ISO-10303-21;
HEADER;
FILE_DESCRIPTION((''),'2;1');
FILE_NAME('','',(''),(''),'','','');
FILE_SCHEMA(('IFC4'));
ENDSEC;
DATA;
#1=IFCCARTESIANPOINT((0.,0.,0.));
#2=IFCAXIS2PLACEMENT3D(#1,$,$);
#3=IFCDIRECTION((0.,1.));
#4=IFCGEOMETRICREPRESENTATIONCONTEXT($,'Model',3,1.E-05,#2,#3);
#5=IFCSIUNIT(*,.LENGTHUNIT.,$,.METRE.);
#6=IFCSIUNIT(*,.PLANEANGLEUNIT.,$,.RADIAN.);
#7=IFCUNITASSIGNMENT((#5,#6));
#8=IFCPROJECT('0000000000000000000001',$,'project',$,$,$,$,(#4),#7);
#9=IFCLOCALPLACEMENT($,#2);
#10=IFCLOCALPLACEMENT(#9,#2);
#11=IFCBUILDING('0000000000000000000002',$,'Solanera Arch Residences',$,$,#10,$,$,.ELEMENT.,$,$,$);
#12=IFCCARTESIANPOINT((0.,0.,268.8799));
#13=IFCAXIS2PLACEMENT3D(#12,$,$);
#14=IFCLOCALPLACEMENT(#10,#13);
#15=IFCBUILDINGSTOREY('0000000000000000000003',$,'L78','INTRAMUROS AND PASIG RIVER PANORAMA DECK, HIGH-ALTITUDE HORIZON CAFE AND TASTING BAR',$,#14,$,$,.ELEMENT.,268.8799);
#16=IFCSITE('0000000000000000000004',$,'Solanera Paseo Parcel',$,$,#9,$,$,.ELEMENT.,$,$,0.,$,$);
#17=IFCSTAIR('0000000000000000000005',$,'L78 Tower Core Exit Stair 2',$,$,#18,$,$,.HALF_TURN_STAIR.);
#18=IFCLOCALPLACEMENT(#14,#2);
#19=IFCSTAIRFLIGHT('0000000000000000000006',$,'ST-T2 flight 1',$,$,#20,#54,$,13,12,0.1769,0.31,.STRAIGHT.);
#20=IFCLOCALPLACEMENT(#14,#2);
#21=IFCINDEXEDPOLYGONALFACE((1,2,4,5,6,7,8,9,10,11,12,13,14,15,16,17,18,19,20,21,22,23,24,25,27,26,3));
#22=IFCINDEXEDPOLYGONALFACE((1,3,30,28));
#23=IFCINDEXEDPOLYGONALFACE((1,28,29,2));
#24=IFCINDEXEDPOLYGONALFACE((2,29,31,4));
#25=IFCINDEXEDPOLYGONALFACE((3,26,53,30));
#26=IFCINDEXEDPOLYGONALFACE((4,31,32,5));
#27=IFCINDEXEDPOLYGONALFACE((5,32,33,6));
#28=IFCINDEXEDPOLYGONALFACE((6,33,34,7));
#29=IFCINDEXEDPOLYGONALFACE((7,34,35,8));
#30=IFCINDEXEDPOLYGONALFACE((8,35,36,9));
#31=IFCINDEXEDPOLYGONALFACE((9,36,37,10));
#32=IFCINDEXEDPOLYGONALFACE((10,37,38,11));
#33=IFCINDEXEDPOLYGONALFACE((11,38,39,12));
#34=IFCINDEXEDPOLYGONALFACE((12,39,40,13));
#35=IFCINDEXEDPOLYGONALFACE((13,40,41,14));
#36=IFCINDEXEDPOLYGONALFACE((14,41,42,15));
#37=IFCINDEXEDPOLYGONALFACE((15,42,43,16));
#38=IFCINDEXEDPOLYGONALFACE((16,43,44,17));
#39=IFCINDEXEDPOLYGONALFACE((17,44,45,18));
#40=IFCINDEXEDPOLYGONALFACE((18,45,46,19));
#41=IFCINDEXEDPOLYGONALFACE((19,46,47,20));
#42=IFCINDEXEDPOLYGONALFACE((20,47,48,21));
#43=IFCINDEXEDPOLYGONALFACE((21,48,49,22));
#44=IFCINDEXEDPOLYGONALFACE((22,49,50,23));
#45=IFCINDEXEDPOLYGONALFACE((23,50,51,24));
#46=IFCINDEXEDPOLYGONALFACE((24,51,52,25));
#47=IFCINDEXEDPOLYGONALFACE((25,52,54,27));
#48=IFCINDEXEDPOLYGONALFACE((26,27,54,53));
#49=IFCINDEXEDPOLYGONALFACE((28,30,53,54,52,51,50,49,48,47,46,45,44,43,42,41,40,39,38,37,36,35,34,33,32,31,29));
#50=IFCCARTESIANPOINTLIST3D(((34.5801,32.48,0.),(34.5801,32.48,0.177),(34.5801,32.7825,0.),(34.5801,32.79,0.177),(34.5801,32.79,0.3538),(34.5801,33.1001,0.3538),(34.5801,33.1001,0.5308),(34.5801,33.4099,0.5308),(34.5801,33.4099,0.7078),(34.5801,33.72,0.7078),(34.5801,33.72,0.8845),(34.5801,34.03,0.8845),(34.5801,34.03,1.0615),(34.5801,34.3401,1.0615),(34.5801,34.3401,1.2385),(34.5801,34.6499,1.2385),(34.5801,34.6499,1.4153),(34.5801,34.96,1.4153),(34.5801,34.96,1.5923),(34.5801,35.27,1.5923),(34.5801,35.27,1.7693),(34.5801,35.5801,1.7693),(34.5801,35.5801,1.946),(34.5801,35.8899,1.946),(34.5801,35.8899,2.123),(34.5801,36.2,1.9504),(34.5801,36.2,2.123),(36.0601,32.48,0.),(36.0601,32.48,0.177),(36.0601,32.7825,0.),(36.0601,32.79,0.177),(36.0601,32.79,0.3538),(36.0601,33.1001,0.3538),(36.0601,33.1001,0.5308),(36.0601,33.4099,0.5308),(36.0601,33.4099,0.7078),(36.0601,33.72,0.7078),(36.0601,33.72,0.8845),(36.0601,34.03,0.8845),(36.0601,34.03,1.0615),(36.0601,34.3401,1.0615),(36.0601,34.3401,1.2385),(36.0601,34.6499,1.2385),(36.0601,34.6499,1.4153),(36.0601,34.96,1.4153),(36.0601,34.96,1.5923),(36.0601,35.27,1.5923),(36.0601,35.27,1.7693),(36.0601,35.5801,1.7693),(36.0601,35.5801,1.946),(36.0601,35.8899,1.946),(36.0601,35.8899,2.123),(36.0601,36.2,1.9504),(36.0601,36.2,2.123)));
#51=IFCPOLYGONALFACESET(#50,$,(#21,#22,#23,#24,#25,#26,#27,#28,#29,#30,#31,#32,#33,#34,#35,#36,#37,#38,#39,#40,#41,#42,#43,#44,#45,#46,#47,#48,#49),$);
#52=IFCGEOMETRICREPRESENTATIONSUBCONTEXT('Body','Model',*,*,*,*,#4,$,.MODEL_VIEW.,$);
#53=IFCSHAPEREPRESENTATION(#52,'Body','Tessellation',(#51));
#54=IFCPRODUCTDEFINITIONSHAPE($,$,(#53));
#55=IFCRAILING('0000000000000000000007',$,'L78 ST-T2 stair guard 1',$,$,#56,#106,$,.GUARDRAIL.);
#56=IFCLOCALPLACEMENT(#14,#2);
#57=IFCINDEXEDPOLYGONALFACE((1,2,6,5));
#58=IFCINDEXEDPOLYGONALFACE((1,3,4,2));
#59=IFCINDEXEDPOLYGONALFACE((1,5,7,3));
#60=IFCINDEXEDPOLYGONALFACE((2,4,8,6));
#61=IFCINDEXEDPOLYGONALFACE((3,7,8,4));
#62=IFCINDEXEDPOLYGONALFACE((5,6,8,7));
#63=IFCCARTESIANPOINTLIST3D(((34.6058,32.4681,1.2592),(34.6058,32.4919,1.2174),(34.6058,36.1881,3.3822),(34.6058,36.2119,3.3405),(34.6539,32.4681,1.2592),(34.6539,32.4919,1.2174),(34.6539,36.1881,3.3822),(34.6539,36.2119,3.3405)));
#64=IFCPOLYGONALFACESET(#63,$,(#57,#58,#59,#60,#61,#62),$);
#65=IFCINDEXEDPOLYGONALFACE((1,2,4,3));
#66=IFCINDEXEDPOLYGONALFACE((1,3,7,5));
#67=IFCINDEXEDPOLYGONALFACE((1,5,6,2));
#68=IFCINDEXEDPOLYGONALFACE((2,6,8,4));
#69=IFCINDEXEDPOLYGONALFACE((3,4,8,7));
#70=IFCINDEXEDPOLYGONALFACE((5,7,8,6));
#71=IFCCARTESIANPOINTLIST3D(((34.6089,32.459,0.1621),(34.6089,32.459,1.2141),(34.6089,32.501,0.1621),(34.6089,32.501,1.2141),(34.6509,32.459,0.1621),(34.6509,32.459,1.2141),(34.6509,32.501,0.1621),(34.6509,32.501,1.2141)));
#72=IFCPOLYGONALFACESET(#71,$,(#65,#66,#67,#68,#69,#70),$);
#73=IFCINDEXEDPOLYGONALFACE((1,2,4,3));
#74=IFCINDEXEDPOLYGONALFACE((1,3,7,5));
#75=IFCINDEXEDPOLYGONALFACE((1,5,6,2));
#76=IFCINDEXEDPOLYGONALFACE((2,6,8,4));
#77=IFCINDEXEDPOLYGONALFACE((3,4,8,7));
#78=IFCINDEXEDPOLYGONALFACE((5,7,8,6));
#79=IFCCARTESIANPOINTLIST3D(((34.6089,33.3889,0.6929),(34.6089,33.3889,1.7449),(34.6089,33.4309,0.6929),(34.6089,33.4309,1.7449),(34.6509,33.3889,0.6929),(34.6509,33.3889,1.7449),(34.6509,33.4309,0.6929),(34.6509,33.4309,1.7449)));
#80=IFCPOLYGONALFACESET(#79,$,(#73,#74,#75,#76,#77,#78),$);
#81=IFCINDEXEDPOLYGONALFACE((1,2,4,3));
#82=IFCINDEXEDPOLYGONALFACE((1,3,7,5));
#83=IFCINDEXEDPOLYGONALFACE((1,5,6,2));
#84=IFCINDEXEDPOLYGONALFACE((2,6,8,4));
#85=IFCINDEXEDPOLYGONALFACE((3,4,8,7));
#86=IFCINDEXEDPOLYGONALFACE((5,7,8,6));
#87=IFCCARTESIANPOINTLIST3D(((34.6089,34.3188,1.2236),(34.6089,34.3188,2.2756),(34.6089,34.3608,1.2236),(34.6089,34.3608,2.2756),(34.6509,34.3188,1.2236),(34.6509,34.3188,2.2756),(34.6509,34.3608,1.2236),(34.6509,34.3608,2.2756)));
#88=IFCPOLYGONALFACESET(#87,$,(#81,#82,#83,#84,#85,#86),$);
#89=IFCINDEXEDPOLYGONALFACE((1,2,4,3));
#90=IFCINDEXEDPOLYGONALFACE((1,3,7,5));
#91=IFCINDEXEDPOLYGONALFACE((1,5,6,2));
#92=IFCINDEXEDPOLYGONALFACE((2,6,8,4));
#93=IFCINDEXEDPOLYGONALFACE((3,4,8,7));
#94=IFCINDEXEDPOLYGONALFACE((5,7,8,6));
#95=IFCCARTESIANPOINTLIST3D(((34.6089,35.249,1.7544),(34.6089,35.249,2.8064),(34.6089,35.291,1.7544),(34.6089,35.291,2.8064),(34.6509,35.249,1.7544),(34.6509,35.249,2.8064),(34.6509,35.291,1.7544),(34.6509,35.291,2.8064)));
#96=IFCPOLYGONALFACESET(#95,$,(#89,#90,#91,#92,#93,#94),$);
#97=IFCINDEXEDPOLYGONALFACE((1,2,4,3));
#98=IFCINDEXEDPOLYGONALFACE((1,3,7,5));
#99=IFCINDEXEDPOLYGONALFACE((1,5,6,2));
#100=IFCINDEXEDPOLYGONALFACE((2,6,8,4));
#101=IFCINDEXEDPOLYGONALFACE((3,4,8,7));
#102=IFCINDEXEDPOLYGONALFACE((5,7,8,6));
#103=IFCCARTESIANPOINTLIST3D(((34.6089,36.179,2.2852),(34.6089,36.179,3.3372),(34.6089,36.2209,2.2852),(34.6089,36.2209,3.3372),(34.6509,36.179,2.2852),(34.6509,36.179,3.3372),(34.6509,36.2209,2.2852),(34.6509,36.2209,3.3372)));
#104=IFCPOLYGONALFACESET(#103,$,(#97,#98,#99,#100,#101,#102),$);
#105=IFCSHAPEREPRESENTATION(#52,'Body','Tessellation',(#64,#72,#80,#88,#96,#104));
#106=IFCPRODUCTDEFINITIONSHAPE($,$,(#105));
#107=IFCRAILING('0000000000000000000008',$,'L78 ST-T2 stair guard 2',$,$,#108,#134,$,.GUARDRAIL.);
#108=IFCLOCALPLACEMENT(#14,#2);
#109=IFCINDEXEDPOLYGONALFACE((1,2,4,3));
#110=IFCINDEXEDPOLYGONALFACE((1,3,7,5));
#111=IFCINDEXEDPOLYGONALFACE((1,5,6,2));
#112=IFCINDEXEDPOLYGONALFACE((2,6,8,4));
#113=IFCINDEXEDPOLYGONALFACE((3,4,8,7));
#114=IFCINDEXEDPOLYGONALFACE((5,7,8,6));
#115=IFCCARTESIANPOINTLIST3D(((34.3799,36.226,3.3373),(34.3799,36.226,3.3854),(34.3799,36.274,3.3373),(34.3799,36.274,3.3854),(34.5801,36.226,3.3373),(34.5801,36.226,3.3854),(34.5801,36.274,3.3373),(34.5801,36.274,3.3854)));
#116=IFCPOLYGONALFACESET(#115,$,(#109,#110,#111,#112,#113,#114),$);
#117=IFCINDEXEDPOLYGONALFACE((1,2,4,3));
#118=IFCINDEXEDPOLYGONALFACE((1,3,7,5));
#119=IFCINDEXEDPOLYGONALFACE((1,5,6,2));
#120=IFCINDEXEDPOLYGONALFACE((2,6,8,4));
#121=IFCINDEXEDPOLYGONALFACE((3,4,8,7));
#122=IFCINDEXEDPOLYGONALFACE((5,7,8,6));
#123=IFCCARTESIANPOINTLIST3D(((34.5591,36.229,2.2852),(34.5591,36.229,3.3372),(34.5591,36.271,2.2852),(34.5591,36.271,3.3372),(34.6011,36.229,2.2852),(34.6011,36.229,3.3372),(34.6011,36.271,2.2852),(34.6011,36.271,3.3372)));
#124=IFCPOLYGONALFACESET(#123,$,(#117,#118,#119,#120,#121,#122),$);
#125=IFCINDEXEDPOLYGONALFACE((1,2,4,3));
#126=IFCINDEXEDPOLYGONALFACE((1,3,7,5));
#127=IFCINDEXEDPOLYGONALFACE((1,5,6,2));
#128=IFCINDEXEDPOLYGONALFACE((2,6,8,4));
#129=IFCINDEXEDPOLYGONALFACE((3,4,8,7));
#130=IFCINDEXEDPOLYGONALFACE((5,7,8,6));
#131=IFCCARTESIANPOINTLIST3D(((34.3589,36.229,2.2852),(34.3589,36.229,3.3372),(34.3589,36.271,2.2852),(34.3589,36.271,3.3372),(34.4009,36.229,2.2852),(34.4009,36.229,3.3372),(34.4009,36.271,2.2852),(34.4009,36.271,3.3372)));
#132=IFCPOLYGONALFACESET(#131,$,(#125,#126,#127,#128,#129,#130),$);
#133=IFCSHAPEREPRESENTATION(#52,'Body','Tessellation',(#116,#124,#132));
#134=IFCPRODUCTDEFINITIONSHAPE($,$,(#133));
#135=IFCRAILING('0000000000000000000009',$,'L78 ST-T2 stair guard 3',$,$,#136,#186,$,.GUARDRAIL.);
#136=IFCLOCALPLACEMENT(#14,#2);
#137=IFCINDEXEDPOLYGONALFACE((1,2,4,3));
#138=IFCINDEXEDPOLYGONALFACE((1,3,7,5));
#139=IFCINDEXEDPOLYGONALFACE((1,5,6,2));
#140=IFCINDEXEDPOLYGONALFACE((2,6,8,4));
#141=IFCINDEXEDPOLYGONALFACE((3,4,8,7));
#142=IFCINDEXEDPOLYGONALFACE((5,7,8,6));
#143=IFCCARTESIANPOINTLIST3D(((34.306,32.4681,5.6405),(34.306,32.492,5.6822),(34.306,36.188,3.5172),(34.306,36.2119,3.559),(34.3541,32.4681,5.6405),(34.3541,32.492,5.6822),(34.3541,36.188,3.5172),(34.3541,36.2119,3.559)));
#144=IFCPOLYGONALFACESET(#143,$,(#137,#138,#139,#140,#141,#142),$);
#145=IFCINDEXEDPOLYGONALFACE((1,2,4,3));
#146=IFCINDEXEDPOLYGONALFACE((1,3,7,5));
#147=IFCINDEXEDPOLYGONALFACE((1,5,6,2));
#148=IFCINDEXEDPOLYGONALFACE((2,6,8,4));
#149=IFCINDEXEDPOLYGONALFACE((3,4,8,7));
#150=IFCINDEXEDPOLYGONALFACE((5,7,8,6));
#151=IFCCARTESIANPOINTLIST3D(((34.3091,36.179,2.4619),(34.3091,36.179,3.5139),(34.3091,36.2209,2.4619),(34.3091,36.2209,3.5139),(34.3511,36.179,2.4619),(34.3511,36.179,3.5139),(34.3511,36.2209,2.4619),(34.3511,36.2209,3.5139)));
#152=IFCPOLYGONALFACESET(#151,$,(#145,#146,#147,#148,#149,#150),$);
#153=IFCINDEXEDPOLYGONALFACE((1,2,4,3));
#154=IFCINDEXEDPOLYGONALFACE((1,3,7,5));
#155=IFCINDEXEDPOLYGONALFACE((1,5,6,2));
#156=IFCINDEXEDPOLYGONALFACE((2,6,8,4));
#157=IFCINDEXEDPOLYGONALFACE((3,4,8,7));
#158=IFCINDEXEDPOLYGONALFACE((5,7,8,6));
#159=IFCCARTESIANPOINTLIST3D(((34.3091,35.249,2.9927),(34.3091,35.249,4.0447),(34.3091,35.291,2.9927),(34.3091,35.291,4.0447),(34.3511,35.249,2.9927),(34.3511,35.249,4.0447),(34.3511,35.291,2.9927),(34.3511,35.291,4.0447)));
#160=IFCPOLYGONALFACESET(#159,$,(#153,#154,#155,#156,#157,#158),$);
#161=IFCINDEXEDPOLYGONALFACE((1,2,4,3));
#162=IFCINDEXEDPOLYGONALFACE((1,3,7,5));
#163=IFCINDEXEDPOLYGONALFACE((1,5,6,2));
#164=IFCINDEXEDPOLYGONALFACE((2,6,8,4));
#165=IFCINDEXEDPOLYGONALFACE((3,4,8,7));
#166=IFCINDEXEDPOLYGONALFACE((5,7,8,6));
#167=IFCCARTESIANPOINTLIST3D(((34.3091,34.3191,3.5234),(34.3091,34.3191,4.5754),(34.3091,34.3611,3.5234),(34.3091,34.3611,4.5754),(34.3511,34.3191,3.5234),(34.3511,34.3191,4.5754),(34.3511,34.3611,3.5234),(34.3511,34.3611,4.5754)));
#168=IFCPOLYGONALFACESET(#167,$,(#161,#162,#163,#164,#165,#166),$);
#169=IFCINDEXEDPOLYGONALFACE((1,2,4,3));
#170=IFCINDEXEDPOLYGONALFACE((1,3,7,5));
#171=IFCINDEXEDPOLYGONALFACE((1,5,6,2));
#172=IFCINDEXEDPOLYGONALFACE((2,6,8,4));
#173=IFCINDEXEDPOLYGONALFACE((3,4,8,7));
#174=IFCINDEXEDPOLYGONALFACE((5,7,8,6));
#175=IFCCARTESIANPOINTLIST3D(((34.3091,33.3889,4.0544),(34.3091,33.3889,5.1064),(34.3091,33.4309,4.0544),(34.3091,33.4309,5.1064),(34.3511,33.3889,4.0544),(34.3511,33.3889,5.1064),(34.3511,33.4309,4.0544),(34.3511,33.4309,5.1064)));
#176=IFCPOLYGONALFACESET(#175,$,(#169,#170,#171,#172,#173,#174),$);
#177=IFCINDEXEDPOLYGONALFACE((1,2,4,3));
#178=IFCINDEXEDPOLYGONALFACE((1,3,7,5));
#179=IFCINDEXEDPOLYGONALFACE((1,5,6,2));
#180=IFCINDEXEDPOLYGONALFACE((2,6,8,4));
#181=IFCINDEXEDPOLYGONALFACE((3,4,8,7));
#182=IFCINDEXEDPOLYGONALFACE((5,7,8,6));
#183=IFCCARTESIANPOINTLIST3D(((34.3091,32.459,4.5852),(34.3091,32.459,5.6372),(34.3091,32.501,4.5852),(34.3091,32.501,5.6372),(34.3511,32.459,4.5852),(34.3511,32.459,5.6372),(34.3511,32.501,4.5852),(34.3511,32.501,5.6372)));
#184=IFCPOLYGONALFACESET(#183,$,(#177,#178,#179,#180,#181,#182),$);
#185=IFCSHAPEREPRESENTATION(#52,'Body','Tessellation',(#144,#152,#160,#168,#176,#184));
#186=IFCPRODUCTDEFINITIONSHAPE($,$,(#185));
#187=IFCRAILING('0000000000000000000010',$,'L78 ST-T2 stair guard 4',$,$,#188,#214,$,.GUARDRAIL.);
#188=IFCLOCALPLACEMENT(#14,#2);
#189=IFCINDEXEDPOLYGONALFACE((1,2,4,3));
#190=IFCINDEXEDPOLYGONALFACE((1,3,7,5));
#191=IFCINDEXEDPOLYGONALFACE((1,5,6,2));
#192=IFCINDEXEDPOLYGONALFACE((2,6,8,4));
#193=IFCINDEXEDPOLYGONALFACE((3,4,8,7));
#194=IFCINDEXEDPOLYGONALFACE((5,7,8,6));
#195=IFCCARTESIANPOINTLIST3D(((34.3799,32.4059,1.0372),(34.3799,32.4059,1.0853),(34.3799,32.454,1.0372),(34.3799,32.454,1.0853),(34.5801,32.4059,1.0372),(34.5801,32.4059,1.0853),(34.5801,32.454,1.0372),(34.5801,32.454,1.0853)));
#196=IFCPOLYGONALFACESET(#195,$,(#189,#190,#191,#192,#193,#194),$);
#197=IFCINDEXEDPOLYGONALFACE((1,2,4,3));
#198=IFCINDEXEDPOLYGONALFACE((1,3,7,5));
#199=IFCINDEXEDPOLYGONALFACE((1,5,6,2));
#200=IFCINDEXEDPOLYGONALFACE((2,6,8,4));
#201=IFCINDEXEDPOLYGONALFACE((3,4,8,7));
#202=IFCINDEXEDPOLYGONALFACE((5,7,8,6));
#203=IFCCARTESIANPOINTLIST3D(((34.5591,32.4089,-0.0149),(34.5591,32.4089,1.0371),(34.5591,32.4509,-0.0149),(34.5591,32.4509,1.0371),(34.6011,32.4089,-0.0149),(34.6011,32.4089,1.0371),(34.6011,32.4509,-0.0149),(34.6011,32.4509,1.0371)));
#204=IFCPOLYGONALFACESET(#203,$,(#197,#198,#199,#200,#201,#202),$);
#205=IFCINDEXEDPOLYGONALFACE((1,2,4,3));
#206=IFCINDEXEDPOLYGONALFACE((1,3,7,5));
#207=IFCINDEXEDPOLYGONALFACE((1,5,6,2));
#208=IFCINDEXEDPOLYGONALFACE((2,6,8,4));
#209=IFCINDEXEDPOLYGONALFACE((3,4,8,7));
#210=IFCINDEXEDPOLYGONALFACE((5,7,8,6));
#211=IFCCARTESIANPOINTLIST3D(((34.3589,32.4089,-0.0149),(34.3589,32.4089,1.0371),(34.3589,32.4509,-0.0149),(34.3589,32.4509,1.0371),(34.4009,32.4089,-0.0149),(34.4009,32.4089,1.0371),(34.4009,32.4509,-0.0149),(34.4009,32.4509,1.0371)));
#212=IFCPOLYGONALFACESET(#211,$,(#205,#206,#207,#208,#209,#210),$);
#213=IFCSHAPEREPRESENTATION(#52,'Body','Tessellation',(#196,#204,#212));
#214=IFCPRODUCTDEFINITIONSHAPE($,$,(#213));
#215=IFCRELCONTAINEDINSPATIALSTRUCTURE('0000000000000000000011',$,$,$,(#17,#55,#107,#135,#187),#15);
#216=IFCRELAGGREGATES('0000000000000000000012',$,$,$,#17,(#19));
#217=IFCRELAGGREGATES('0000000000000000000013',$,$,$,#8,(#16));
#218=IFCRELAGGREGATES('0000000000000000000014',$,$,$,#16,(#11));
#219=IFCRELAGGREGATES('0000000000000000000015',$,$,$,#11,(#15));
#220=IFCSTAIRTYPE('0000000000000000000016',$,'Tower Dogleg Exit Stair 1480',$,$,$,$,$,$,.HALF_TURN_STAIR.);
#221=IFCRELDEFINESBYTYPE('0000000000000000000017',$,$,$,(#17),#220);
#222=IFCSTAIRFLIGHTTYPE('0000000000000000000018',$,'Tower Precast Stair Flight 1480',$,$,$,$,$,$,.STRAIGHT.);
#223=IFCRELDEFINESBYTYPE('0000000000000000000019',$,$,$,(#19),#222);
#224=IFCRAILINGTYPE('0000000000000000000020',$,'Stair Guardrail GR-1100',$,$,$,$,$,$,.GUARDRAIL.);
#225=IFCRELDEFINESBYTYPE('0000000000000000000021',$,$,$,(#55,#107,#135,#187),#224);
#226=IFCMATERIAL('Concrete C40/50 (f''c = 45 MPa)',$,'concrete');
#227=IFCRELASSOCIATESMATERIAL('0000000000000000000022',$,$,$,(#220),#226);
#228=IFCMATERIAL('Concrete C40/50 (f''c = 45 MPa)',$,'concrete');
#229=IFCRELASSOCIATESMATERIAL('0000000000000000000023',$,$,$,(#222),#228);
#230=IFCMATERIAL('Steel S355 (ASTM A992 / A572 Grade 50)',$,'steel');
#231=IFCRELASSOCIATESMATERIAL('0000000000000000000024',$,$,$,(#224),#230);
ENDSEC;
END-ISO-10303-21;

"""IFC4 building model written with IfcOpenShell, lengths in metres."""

from ifc_helpers import new_model, si_unit, direction, frame, origin, origin_2d, place, context, subcontext, project, spatial, polyline, rectangle, outline, extrude, material, type_object, element, aggregate, save


model = new_model("IFC4")

# Units and contexts
model_context = context("Model", 3, precision=1e-05, world=origin(), true_north=direction((0.0, 1.0)))
body_context = subcontext(model_context, "Body", "Model", "MODEL_VIEW")
ifc_project = project(units=[si_unit("LENGTHUNIT", "METRE"), si_unit("PLANEANGLEUNIT", "RADIAN")], contexts=[model_context])

# Site, building, storey
site_placement = place(None, origin())
site = spatial("IfcSite", under=ifc_project, at=site_placement, Name="Solanera Paseo Parcel", CompositionType="ELEMENT", RefElevation=0.0)
building_placement = place(site_placement, origin())
building = spatial("IfcBuilding", under=site, at=building_placement, Name="Solanera Arch Residences", CompositionType="ELEMENT")
storey_placement = place(building_placement, frame((0.0, 0.0, 268.8799)))
storey = spatial("IfcBuildingStorey", under=building, at=storey_placement, Name="L78", Description="INTRAMUROS AND PASIG RIVER PANORAMA DECK, HIGH-ALTITUDE HORIZON CAFE AND TASTING BAR", CompositionType="ELEMENT", Elevation=268.8799)

# Stair, stair flight
ifc_material_1 = material(Name="Concrete C40/50 (f'c = 45 MPa)", Category="concrete")
stair_type = type_object("IfcStairType", Name="Tower Dogleg Exit Stair 1480", PredefinedType="HALF_TURN_STAIR", material=ifc_material_1)
stair_placement = place(storey_placement, origin())
stair = element("IfcStair", 1, at=stair_placement, inside=storey, type_object=stair_type, Name="L78 Tower Core Exit Stair 2", PredefinedType="HALF_TURN_STAIR")
ifc_material_2 = material(Name="Concrete C40/50 (f'c = 45 MPa)", Category="concrete")
stair_flight_type = type_object("IfcStairFlightType", Name="Tower Precast Stair Flight 1480", PredefinedType="STRAIGHT", material=ifc_material_2)
stair_flight_placement = place(storey_placement, frame((35.3201, 32.48, 0.0), z_axis=(0.0, 0.0, 1.0), x_axis=(0.0, 1.0, 0.0)))
stair_flight = element("IfcStairFlight", 2, at=stair_flight_placement, type_object=stair_flight_type, Name="ST-T2 flight 1", NumberOfRisers=13, NumberOfTreads=12, PredefinedType="STRAIGHT", RiserHeight=0.1769, TreadLength=0.31, context=body_context, shape_type="SweptSolid", body=[
    extrude(outline(polyline([(0.0, 0.0), (0.0, 0.177), (0.3101, 0.177), (0.3101, 0.3538), (0.6201, 0.3538), (0.6201, 0.5308), (0.9299, 0.5308), (0.9299, 0.7078), (1.24, 0.7078), (1.24, 0.8845), (1.55, 0.8845), (1.55, 1.0615), (1.8601, 1.0615), (1.8601, 1.2385), (2.1699, 1.2385), (2.1699, 1.4153), (2.48, 1.4153), (2.48, 1.5923), (2.79, 1.5923), (2.79, 1.7693), (3.1001, 1.7693), (3.1001, 1.946), (3.4099, 1.946), (3.4099, 2.123), (3.72, 2.123), (3.72, 2.3), (3.72, 1.9504), (0.3025, 0.0), (0.0, 0.0)])), frame((0.0, 0.74, 0.0), z_axis=(0.0, -1.0, 0.0), x_axis=(1.0, 0.0, 0.0)), (0.0, 0.0, 1.0), 1.48),
])
aggregate(stair, [stair_flight])

# Railings
ifc_material_3 = material(Name="Steel S355 (ASTM A992 / A572 Grade 50)", Category="steel")
railing_type_1 = type_object("IfcRailingType", Name="Stair Guardrail GR-1100", PredefinedType="GUARDRAIL", material=ifc_material_3)
railing_1_placement = place(storey_placement, frame((34.6299, 32.48, 0.1621)))
element("IfcRailing", 3, at=railing_1_placement, inside=storey, type_object=railing_type_1, Name="L78 ST-T2 stair guard 1", PredefinedType="GUARDRAIL", context=body_context, shape_type="SweptSolid", body=[
    extrude(rectangle(XDim=0.0481, YDim=0.0481, at=origin_2d()), frame((0.0, 0.0, 1.0762), z_axis=(0.0, 0.86851, 0.495672), x_axis=(-1.0, 0.0, 0.0)), (0.0, 0.0, 1.0), 4.2832),
    extrude(rectangle(XDim=0.042, YDim=0.042, at=origin_2d()), origin(), (0.0, 0.0, 1.0), 1.052),
    extrude(rectangle(XDim=0.042, YDim=0.042, at=origin_2d()), frame((0.0, 0.9299, 0.5308)), (0.0, 0.0, 1.0), 1.052),
    extrude(rectangle(XDim=0.042, YDim=0.042, at=origin_2d()), frame((0.0, 1.8599, 1.0615)), (0.0, 0.0, 1.0), 1.052),
    extrude(rectangle(XDim=0.042, YDim=0.042, at=origin_2d()), frame((0.0, 2.79, 1.5923)), (0.0, 0.0, 1.0), 1.052),
    extrude(rectangle(XDim=0.042, YDim=0.042, at=origin_2d()), frame((0.0, 3.72, 2.123)), (0.0, 0.0, 1.0), 1.052),
])
railing_2_placement = place(storey_placement, frame((34.5801, 36.25, 2.2852)))
element("IfcRailing", 4, at=railing_2_placement, inside=storey, type_object=railing_type_1, Name="L78 ST-T2 stair guard 2", PredefinedType="GUARDRAIL", context=body_context, shape_type="SweptSolid", body=[
    extrude(rectangle(XDim=0.0481, YDim=0.0481, at=origin_2d()), frame((0.0, 0.0, 1.0762), z_axis=(-1.0, 0.0, 0.0), x_axis=(0.0, -1.0, 0.0)), (0.0, 0.0, 1.0), 0.2002),
    extrude(rectangle(XDim=0.042, YDim=0.042, at=origin_2d()), origin(), (0.0, 0.0, 1.0), 1.052),
    extrude(rectangle(XDim=0.042, YDim=0.042, at=origin_2d()), frame((-0.2002, 0.0, 0.0)), (0.0, 0.0, 1.0), 1.052),
])
railing_3_placement = place(storey_placement, frame((34.3301, 36.2, 2.4619)))
element("IfcRailing", 5, at=railing_3_placement, inside=storey, type_object=railing_type_1, Name="L78 ST-T2 stair guard 3", PredefinedType="GUARDRAIL", context=body_context, shape_type="SweptSolid", body=[
    extrude(rectangle(XDim=0.0481, YDim=0.0481, at=origin_2d()), frame((0.0, 0.0, 1.0762), z_axis=(0.0, -0.868485, 0.495715), x_axis=(1.0, 0.0, 0.0)), (0.0, 0.0, 1.0), 4.2832),
    extrude(rectangle(XDim=0.042, YDim=0.042, at=origin_2d()), origin(), (0.0, 0.0, 1.0), 1.052),
    extrude(rectangle(XDim=0.042, YDim=0.042, at=origin_2d()), frame((0.0, -0.9299, 0.5308)), (0.0, 0.0, 1.0), 1.052),
    extrude(rectangle(XDim=0.042, YDim=0.042, at=origin_2d()), frame((0.0, -1.8599, 1.0615)), (0.0, 0.0, 1.0), 1.052),
    extrude(rectangle(XDim=0.042, YDim=0.042, at=origin_2d()), frame((0.0, -2.79, 1.5925)), (0.0, 0.0, 1.0), 1.052),
    extrude(rectangle(XDim=0.042, YDim=0.042, at=origin_2d()), frame((0.0, -3.72, 2.1233)), (0.0, 0.0, 1.0), 1.052),
])
railing_4_placement = place(storey_placement, frame((34.5801, 32.4299, -0.0149)))
element("IfcRailing", 6, at=railing_4_placement, inside=storey, type_object=railing_type_1, Name="L78 ST-T2 stair guard 4", PredefinedType="GUARDRAIL", context=body_context, shape_type="SweptSolid", body=[
    extrude(rectangle(XDim=0.0481, YDim=0.0481, at=origin_2d()), frame((0.0, 0.0, 1.0762), z_axis=(-1.0, 0.0, 0.0), x_axis=(0.0, -1.0, 0.0)), (0.0, 0.0, 1.0), 0.2002),
    extrude(rectangle(XDim=0.042, YDim=0.042, at=origin_2d()), origin(), (0.0, 0.0, 1.0), 1.052),
    extrude(rectangle(XDim=0.042, YDim=0.042, at=origin_2d()), frame((-0.2002, 0.0, 0.0)), (0.0, 0.0, 1.0), 1.052),
])

save(model, "model.ifc")
